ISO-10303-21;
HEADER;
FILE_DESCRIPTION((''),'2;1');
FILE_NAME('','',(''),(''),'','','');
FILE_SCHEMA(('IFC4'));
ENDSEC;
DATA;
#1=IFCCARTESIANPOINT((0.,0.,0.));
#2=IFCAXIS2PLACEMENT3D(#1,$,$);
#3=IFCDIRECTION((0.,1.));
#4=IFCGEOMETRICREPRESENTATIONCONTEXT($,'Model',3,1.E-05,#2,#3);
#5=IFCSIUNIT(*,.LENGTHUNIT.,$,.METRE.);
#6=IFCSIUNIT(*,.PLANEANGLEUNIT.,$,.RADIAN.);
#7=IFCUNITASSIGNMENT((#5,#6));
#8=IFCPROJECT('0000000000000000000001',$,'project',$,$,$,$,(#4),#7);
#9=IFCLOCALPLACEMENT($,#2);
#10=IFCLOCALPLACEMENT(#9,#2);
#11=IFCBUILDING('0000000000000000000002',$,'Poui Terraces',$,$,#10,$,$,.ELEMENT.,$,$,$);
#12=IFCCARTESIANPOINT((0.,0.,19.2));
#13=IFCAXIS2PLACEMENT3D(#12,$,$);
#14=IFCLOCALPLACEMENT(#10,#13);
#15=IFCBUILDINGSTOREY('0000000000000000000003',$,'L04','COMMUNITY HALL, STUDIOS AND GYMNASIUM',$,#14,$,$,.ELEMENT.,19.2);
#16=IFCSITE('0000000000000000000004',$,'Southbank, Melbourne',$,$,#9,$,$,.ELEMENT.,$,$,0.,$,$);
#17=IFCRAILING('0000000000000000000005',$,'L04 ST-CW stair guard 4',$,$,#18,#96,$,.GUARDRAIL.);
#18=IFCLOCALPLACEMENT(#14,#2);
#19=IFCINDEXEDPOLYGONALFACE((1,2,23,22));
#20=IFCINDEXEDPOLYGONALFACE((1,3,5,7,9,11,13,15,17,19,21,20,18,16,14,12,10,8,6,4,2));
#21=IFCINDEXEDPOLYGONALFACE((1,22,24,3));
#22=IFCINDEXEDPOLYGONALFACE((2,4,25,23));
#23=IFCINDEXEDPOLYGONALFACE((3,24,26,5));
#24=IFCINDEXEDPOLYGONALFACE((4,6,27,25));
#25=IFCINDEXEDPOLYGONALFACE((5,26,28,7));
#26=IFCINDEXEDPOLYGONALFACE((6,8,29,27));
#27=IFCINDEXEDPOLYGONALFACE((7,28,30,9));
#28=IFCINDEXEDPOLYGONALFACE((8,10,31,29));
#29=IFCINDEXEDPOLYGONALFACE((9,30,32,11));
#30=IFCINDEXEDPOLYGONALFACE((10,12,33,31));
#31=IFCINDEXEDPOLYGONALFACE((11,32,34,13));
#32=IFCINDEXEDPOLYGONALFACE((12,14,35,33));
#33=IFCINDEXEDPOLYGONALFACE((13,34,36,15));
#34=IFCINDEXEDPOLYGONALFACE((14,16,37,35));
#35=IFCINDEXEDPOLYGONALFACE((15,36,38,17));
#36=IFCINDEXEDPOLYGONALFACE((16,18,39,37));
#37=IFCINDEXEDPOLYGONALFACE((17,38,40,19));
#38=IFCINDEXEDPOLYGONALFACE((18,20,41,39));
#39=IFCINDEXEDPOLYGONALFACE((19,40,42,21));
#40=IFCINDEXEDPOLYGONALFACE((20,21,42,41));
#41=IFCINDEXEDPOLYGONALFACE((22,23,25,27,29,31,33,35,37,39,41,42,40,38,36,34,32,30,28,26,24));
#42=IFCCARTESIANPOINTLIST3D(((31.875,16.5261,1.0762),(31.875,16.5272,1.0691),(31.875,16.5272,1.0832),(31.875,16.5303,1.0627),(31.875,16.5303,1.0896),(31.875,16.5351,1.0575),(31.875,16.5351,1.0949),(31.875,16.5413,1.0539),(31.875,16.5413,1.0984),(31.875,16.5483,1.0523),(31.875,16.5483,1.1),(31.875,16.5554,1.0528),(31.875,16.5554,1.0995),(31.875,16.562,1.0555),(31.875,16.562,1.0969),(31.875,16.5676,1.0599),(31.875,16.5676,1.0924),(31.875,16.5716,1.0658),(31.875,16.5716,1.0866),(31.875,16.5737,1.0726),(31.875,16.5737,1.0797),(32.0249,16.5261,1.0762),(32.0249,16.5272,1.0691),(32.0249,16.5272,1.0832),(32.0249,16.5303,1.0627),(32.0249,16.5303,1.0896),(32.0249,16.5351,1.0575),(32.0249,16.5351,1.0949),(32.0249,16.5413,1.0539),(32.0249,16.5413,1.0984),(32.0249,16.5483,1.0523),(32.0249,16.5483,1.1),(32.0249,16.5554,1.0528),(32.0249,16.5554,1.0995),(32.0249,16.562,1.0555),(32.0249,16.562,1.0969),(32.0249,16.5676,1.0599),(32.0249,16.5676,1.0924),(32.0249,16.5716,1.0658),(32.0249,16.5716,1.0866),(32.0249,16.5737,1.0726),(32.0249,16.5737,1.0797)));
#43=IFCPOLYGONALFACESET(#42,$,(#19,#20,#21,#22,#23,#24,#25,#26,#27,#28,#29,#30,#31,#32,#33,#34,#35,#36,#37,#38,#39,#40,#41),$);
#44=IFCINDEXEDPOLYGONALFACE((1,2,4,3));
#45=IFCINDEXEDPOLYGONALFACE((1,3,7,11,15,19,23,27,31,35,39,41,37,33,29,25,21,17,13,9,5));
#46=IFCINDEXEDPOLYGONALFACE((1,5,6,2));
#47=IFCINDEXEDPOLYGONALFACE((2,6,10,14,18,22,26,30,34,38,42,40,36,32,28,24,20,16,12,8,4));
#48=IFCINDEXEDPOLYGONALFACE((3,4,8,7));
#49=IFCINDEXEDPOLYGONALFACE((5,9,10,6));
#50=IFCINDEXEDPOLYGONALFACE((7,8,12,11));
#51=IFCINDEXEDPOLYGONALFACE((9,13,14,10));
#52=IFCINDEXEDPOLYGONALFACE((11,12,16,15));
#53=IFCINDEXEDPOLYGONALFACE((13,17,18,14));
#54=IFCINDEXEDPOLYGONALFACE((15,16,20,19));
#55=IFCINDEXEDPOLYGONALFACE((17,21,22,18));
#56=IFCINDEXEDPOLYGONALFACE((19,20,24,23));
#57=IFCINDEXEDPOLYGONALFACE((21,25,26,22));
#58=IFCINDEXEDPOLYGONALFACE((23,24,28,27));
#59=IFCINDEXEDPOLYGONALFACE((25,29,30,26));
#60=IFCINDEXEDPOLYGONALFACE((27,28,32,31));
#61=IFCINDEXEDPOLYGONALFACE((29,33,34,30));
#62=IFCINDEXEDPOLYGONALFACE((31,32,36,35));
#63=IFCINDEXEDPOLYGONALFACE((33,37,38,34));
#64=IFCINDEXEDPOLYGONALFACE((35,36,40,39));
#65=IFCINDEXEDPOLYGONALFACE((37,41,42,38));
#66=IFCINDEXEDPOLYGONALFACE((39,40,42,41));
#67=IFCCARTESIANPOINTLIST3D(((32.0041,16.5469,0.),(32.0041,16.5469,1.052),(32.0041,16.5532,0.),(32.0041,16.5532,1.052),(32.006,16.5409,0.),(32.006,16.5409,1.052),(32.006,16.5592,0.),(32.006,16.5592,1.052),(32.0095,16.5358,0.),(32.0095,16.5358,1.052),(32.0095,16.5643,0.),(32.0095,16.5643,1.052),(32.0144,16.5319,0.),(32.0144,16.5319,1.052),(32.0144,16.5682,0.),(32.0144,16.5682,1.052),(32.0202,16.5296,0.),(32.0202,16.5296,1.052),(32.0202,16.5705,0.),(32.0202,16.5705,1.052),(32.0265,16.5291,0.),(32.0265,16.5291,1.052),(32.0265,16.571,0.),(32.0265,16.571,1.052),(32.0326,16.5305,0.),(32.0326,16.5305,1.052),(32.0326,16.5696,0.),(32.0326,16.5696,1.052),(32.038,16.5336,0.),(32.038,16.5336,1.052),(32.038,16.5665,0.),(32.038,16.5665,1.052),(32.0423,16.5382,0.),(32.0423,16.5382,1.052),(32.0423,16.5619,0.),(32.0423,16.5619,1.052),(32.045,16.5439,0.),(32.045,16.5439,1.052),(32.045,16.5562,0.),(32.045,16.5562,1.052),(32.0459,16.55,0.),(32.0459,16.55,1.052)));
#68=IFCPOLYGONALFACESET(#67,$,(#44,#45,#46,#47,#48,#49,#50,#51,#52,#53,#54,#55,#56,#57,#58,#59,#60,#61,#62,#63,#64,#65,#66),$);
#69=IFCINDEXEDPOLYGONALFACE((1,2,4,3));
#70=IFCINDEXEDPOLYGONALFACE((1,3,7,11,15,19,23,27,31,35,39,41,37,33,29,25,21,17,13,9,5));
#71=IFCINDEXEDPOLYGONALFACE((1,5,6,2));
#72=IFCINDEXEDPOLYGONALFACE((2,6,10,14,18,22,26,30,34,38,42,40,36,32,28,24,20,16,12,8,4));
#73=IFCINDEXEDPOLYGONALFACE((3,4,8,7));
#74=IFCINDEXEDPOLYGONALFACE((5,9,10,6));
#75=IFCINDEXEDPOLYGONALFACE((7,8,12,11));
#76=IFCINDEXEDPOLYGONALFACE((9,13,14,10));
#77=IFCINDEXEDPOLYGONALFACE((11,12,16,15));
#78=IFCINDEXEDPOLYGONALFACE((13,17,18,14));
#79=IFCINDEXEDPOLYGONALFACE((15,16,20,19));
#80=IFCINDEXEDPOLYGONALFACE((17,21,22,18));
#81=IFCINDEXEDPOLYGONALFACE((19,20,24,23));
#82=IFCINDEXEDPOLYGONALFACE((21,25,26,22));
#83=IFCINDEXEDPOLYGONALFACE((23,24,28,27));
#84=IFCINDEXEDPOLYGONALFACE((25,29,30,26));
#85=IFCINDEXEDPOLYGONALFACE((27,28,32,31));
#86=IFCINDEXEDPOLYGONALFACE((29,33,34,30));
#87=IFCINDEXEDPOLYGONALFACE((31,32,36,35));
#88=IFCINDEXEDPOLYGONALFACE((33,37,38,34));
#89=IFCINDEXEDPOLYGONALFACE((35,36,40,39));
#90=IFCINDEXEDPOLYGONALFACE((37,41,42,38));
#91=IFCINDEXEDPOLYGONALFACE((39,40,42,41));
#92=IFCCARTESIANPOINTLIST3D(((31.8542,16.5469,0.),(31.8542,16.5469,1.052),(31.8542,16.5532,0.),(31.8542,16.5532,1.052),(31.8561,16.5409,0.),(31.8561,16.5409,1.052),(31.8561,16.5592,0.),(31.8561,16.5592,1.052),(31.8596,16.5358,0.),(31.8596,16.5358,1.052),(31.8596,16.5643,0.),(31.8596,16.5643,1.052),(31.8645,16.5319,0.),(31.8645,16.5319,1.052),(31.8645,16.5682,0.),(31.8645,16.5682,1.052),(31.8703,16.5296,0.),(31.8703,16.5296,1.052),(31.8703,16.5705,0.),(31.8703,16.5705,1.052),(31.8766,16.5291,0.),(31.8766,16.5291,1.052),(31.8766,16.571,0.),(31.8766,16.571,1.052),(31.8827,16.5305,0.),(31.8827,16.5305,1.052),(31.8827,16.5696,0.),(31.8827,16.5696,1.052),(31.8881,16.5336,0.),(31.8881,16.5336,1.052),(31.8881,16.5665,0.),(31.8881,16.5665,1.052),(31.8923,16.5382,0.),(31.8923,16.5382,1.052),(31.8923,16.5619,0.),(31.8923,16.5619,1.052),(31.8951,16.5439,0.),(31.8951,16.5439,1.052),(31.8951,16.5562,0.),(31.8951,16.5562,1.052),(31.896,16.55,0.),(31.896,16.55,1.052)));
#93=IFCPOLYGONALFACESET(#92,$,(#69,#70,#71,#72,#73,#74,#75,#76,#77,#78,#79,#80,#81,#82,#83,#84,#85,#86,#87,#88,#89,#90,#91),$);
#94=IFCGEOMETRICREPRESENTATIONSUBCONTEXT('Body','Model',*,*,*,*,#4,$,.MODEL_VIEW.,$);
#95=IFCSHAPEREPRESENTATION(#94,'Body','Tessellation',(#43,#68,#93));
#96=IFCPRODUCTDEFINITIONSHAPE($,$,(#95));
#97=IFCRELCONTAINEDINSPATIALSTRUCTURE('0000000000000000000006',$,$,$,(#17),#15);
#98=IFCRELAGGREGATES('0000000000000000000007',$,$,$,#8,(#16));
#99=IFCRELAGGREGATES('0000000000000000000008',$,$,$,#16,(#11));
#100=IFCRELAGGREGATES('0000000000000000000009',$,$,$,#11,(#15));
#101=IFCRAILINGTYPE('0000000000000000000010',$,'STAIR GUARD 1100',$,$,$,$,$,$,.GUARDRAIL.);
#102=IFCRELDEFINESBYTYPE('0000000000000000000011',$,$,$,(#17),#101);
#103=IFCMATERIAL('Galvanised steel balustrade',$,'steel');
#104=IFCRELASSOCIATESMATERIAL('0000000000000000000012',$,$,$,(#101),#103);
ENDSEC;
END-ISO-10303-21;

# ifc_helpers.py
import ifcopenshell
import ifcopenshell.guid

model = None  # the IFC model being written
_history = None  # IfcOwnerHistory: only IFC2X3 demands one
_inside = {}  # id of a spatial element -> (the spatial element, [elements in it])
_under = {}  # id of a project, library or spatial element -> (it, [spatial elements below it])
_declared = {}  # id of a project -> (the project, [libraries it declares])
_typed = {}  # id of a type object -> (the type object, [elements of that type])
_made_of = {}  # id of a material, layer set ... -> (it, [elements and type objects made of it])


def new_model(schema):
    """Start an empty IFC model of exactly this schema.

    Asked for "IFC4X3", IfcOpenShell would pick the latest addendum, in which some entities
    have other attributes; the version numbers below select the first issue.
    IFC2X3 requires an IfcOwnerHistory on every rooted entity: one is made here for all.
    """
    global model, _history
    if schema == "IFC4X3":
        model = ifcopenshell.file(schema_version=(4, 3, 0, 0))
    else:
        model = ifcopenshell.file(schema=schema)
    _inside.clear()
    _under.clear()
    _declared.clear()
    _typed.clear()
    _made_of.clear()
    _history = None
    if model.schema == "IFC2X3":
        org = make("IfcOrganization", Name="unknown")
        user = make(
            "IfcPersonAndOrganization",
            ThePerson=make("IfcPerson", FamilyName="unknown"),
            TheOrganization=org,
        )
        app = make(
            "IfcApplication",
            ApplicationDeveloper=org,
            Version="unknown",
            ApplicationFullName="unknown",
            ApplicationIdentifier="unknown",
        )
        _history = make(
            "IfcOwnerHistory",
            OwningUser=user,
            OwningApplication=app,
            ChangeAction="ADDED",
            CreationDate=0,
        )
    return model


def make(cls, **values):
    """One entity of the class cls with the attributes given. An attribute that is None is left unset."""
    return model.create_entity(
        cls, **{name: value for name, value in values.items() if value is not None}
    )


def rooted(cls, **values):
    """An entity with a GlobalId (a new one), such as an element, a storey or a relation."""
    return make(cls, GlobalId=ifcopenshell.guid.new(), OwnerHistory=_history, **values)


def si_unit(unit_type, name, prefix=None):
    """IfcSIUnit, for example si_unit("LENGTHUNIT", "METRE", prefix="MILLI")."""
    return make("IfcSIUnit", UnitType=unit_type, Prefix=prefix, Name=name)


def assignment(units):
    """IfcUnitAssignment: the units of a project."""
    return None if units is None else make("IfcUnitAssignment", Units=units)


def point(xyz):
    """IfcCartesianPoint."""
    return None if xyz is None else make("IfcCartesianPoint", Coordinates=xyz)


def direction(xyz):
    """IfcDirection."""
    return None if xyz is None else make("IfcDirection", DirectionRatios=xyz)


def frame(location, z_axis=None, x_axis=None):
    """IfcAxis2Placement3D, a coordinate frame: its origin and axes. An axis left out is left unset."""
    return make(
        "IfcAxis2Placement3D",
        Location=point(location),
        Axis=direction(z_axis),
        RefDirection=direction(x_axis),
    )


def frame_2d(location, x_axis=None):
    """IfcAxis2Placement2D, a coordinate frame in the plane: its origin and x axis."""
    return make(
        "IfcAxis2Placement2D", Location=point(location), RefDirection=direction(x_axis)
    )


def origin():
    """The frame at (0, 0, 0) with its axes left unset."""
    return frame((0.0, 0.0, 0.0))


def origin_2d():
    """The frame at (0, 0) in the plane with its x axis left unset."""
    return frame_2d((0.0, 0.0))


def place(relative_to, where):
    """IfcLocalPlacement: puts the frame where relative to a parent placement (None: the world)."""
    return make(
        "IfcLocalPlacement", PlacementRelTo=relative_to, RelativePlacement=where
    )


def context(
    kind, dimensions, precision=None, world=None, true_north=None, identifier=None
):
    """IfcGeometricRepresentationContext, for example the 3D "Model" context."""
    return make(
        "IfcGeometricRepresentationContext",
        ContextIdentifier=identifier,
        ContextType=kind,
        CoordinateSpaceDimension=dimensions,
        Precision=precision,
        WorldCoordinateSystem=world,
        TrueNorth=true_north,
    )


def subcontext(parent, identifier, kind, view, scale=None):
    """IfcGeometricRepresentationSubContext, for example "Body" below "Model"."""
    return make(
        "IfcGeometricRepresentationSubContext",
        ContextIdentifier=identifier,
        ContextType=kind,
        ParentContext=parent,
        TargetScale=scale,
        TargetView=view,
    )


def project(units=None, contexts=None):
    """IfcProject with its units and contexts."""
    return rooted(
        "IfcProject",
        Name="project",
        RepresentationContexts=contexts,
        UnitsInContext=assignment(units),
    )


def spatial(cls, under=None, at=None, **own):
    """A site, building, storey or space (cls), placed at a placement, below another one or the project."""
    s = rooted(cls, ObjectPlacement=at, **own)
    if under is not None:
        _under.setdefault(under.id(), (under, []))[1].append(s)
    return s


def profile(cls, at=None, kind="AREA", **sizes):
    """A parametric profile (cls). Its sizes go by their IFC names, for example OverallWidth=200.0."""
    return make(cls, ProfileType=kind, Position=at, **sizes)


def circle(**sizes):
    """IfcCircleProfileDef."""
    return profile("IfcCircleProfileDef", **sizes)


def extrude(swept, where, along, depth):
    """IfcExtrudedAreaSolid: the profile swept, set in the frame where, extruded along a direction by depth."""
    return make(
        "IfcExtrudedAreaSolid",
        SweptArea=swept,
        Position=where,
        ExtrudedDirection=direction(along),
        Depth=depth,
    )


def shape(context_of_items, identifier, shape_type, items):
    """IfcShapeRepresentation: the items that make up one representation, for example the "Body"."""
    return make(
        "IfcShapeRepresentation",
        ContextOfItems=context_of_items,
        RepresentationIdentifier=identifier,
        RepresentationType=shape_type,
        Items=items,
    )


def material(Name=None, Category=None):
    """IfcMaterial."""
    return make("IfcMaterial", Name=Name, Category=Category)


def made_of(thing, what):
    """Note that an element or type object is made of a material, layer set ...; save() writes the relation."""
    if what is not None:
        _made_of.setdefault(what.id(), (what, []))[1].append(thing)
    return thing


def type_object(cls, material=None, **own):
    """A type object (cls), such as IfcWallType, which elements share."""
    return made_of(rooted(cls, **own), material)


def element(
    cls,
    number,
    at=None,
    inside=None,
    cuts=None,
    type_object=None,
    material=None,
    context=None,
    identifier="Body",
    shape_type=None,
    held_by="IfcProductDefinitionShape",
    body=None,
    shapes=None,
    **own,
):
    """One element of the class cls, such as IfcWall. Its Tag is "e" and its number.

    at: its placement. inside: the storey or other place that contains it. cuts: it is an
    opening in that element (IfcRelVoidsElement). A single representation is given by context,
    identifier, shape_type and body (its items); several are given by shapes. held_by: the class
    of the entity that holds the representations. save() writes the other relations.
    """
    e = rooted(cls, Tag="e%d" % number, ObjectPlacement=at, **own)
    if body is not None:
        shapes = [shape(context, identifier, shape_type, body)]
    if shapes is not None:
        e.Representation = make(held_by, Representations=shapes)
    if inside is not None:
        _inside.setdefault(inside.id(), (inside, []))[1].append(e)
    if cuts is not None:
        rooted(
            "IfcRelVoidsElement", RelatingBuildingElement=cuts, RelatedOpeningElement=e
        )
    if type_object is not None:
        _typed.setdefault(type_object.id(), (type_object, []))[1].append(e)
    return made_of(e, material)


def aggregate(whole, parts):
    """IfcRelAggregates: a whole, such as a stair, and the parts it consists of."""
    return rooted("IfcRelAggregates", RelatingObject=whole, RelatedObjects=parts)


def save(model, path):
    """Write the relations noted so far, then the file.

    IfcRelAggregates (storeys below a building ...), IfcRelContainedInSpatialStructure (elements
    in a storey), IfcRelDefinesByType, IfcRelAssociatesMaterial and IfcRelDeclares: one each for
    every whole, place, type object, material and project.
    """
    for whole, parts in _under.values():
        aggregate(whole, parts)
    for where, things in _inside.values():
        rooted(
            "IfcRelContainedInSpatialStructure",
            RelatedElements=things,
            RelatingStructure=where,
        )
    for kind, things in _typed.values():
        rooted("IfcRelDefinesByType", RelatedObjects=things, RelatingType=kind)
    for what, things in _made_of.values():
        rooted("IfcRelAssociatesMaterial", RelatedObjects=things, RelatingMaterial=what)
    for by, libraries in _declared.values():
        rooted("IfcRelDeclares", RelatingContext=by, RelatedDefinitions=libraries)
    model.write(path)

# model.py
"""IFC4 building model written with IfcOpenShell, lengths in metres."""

from ifc_helpers import new_model, si_unit, direction, frame, origin, origin_2d, place, context, subcontext, project, spatial, circle, extrude, material, type_object, element, save


model = new_model("IFC4")

# Units and contexts
model_context = context("Model", 3, precision=1e-05, world=origin(), true_north=direction((0.0, 1.0)))
body_context = subcontext(model_context, "Body", "Model", "MODEL_VIEW")
ifc_project = project(units=[si_unit("LENGTHUNIT", "METRE"), si_unit("PLANEANGLEUNIT", "RADIAN")], contexts=[model_context])

# Site, building, storey
site_placement = place(None, origin())
site = spatial("IfcSite", under=ifc_project, at=site_placement, Name="Southbank, Melbourne", CompositionType="ELEMENT", RefElevation=0.0)
building_placement = place(site_placement, origin())
building = spatial("IfcBuilding", under=site, at=building_placement, Name="Poui Terraces", CompositionType="ELEMENT")
storey_placement = place(building_placement, frame((0.0, 0.0, 19.2)))
storey = spatial("IfcBuildingStorey", under=building, at=storey_placement, Name="L04", Description="COMMUNITY HALL, STUDIOS AND GYMNASIUM", CompositionType="ELEMENT", Elevation=19.2)

# Railing
ifc_material_1 = material(Name="Galvanised steel balustrade", Category="steel")
railing_type_1 = type_object("IfcRailingType", Name="STAIR GUARD 1100", PredefinedType="GUARDRAIL", material=ifc_material_1)
railing_1_placement = place(storey_placement, frame((32.0249, 16.55, 0.0)))
element("IfcRailing", 1, at=railing_1_placement, inside=storey, type_object=railing_type_1, Name="L04 ST-CW stair guard 4", PredefinedType="GUARDRAIL", context=body_context, shape_type="SweptSolid", body=[
    extrude(circle(Radius=0.0239, at=origin_2d()), frame((0.0, 0.0, 1.0762), z_axis=(-1.0, 0.0, 0.0), x_axis=(0.0, -1.0, 0.0)), (0.0, 0.0, 1.0), 0.1499),
    extrude(circle(Radius=0.021, at=origin_2d()), origin(), (0.0, 0.0, 1.0), 1.052),
    extrude(circle(Radius=0.021, at=origin_2d()), frame((-0.1499, 0.0, 0.0)), (0.0, 0.0, 1.0), 1.052),
])

save(model, "model.ifc")
